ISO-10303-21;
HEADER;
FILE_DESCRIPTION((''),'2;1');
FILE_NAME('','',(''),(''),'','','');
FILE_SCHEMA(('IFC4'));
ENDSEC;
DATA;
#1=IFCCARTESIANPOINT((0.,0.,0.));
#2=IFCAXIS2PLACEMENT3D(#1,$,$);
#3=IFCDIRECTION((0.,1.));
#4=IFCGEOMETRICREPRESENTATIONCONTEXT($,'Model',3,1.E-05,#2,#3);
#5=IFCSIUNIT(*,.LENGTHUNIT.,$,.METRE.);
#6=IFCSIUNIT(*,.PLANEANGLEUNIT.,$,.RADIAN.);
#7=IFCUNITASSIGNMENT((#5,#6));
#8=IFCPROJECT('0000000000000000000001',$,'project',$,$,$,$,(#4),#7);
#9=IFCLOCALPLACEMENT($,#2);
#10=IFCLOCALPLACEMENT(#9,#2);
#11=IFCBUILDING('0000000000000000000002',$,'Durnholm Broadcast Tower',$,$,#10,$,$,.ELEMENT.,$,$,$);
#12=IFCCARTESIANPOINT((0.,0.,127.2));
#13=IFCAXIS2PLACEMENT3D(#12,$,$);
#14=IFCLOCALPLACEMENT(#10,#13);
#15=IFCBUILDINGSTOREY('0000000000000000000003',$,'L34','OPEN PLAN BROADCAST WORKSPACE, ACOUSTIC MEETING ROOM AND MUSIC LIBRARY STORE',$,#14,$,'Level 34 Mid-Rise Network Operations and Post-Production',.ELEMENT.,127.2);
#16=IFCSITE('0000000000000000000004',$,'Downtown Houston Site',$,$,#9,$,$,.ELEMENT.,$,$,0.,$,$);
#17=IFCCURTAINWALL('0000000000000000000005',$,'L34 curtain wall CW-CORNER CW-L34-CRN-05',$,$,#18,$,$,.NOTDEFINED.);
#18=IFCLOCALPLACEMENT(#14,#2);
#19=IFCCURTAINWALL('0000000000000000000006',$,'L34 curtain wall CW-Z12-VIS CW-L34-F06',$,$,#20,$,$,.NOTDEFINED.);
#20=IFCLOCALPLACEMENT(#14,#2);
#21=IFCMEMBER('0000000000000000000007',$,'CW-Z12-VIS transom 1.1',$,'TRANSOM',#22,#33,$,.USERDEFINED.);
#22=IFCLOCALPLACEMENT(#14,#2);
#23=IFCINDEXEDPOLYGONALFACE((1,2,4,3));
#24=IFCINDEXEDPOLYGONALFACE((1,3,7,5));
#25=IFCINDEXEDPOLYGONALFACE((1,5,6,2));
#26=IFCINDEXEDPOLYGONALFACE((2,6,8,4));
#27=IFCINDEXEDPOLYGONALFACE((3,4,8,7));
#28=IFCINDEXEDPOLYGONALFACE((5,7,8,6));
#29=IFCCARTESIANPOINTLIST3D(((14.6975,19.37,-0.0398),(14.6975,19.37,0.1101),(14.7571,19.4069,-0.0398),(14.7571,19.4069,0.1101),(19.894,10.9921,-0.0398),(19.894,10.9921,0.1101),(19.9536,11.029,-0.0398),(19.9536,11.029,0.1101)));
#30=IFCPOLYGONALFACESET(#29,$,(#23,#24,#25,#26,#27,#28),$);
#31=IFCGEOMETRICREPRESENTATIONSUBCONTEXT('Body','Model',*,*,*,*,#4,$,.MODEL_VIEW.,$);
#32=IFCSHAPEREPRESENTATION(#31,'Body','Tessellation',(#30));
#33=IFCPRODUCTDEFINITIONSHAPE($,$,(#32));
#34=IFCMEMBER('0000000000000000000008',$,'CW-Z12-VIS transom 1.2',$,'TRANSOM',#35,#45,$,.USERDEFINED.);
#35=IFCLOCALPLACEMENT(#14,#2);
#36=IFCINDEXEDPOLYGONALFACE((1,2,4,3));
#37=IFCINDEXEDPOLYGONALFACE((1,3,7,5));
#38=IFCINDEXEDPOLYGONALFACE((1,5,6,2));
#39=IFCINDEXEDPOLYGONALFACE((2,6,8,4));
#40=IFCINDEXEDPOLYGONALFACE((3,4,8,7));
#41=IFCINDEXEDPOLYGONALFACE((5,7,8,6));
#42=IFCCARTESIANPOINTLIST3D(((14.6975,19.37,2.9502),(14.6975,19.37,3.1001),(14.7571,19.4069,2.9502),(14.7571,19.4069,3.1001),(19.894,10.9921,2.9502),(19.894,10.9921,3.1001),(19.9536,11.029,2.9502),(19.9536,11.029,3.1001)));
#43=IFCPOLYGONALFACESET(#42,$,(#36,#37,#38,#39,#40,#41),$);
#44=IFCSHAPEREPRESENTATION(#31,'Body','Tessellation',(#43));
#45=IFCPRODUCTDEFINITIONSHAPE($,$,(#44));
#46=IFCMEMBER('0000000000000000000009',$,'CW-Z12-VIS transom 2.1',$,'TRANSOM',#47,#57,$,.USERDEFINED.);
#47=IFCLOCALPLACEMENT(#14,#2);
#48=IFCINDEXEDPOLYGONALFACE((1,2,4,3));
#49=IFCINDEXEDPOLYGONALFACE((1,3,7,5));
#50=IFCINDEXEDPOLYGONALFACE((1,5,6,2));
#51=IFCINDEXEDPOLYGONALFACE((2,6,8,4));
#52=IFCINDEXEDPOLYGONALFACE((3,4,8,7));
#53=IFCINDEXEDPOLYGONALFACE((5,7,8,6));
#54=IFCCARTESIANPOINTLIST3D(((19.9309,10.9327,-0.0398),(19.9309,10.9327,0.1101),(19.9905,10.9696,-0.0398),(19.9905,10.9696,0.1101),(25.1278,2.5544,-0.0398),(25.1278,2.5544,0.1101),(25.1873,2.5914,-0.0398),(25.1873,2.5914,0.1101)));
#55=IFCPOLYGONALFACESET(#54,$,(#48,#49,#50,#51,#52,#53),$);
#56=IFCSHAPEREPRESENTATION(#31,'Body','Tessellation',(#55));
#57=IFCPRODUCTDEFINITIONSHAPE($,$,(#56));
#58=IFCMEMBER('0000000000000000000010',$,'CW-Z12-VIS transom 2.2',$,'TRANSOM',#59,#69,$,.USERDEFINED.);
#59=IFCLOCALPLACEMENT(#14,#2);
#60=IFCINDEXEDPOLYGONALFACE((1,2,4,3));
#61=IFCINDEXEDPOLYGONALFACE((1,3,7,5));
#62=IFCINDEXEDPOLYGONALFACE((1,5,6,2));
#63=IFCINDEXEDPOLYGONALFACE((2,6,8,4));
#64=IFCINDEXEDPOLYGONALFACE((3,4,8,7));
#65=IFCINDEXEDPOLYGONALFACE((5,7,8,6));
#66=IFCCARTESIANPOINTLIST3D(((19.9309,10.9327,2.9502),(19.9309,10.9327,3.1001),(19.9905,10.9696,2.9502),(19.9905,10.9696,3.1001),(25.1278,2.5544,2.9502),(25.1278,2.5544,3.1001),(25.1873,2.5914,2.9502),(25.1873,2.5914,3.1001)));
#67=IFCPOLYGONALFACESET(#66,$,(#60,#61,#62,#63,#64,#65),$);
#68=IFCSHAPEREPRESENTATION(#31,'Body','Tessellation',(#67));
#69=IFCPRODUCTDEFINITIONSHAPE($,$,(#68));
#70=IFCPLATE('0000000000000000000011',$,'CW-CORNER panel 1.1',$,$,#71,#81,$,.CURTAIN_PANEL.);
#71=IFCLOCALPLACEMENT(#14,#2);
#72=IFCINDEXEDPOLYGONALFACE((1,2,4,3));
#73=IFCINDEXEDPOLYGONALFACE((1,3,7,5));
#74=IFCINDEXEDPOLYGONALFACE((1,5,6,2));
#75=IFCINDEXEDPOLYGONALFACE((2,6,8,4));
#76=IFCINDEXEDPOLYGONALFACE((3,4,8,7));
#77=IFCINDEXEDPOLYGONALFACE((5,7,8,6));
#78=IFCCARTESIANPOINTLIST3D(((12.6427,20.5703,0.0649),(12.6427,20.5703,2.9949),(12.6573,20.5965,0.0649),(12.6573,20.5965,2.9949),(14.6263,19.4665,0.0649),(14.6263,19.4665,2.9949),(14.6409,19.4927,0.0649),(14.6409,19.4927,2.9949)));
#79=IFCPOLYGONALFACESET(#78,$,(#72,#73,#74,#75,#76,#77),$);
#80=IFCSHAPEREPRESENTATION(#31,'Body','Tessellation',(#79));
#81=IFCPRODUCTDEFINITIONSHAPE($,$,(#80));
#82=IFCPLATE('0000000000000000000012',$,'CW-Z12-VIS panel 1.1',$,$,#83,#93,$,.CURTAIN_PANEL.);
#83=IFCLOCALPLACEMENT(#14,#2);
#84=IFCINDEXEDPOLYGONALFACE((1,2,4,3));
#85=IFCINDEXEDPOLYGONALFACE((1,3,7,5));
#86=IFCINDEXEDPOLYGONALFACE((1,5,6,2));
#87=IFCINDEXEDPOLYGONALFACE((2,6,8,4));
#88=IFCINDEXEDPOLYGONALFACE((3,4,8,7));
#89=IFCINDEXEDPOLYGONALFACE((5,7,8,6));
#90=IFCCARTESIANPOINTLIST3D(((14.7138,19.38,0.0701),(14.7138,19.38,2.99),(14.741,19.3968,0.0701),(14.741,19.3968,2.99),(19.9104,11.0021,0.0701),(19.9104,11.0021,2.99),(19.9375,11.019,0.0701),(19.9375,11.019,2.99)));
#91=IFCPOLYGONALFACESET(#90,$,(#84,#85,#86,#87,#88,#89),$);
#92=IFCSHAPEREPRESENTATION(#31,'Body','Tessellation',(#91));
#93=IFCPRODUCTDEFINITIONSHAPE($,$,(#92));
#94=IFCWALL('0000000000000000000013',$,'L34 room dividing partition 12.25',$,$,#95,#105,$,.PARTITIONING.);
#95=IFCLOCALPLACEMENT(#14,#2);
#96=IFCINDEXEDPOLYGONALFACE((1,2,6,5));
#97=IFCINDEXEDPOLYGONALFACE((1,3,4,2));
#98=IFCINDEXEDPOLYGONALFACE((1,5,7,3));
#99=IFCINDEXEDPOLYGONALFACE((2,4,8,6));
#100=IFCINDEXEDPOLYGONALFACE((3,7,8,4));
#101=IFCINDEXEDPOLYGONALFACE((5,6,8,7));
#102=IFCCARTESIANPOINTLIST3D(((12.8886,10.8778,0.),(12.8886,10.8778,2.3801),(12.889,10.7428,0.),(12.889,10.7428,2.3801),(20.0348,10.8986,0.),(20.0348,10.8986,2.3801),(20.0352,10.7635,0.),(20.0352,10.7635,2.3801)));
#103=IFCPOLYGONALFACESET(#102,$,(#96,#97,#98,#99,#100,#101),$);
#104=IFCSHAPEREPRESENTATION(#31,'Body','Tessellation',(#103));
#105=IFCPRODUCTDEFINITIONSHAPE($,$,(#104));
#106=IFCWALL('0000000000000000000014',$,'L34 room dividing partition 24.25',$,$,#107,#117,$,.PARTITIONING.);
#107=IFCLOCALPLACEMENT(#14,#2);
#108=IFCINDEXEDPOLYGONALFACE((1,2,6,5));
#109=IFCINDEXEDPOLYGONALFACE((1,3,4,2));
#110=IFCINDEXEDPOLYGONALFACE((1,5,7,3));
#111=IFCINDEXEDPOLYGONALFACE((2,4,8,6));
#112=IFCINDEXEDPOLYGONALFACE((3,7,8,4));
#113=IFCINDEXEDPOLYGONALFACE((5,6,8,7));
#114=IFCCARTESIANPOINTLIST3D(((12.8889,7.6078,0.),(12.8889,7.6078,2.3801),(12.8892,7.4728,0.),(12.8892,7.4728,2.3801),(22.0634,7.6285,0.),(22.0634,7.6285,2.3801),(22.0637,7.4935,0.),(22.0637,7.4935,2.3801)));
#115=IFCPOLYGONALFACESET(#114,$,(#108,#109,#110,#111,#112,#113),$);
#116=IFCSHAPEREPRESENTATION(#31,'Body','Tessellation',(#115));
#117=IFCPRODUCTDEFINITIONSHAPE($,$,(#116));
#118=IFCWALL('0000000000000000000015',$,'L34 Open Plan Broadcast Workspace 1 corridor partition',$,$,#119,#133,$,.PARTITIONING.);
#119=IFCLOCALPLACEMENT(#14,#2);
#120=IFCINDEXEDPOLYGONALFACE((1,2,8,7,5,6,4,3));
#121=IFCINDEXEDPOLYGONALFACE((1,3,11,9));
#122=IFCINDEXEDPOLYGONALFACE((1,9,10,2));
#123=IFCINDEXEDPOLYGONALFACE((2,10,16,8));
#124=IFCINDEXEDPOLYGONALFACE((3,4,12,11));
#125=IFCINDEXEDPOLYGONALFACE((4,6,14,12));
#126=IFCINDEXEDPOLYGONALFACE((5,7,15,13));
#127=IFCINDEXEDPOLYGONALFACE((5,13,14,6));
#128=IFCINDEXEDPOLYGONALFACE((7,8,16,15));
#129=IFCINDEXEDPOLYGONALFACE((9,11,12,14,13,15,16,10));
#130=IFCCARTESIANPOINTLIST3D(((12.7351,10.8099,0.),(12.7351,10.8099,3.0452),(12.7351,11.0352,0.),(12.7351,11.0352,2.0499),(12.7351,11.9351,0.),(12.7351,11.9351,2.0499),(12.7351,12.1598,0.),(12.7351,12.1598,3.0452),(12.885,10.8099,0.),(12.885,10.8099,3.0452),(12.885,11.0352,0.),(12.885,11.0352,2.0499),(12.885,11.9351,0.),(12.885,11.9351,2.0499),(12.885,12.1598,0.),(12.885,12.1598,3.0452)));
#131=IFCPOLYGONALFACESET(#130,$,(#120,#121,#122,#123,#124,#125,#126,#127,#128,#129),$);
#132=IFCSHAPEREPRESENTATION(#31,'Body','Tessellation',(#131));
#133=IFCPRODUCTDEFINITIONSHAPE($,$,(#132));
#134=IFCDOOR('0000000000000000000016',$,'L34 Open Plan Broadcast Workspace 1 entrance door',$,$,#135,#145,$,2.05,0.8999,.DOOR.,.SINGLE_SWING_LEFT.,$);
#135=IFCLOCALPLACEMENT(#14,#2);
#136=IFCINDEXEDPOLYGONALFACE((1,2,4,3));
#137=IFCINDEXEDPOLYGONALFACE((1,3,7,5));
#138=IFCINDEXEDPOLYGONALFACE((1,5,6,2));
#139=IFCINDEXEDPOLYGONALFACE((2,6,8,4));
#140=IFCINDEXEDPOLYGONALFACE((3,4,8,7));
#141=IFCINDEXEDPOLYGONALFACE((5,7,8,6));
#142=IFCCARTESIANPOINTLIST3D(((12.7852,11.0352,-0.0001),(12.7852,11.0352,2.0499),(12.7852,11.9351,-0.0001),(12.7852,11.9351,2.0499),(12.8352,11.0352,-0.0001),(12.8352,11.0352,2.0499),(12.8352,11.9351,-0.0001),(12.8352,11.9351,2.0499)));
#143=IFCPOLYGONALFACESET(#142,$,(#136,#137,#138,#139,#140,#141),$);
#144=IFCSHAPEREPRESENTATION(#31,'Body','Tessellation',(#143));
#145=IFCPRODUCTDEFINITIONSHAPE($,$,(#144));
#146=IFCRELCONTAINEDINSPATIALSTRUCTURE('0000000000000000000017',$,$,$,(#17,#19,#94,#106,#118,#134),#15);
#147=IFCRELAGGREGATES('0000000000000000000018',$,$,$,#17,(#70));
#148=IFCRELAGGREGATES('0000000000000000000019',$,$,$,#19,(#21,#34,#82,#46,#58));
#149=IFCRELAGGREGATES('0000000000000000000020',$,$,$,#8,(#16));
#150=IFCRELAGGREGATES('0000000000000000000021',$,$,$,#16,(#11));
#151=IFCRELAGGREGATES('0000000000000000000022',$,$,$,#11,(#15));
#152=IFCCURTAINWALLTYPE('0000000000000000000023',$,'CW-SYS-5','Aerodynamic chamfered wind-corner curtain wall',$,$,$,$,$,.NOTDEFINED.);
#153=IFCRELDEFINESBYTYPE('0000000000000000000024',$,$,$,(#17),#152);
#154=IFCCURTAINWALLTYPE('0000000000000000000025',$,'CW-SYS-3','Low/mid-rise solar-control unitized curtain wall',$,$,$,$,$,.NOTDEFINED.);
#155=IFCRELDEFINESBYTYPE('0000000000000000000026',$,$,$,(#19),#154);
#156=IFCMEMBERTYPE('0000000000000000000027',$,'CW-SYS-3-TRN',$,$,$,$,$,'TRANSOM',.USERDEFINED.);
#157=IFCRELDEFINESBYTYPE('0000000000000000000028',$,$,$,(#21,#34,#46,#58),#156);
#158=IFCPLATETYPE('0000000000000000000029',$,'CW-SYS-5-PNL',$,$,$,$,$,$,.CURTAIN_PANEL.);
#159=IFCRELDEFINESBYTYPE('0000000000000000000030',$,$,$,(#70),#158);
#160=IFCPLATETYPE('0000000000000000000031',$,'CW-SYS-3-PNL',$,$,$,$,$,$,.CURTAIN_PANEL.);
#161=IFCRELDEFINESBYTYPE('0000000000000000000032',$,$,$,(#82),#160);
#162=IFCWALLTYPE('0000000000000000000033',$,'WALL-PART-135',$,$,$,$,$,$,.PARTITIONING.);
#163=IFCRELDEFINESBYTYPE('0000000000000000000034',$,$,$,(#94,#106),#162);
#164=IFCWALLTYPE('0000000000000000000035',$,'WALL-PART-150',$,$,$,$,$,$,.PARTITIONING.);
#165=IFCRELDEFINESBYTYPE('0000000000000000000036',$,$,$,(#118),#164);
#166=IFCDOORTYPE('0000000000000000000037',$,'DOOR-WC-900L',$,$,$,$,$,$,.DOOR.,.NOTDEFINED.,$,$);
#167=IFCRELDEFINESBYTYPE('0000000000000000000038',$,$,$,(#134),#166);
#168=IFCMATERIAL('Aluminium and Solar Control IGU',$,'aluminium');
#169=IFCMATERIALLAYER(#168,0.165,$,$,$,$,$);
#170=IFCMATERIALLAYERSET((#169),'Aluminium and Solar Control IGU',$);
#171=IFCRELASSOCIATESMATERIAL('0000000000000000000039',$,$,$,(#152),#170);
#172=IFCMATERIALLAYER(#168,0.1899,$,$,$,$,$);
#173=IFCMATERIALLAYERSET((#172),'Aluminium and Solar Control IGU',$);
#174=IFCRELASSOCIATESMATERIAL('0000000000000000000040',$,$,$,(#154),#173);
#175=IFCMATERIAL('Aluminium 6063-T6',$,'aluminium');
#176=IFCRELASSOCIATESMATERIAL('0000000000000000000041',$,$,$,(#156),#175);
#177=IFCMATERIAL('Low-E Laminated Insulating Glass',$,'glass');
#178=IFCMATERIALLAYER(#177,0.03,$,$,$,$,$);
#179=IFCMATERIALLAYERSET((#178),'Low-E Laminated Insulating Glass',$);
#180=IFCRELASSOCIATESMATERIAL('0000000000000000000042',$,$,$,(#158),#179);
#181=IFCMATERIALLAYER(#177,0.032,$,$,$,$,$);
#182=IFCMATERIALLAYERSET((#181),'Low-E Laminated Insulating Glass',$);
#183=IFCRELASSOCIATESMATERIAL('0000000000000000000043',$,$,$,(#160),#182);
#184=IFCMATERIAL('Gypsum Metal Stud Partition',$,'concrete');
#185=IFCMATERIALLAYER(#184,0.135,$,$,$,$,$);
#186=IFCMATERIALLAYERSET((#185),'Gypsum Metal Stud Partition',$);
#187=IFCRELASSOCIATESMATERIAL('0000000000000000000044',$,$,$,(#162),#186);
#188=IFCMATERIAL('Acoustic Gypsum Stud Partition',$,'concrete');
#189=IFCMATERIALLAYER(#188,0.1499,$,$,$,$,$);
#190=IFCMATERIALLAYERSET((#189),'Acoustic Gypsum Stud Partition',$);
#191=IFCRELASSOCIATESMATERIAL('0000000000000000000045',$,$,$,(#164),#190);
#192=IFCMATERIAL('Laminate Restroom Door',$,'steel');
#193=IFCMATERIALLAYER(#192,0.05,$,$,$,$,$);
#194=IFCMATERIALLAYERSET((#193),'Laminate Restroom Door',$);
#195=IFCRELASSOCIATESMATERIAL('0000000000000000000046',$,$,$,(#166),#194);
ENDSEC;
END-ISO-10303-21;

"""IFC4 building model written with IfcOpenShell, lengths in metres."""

from ifc_helpers import new_model, si_unit, direction, frame, frame_2d, origin, origin_2d, place, context, subcontext, project, spatial, rectangle, extrude, source, transform, mapped, material, layer, layer_set, material_profile, profile_set, type_object, type_shapes, element, fill, aggregate, save


model = new_model("IFC4")

# Units and contexts
model_context = context("Model", 3, precision=1e-05, world=origin(), true_north=direction((0.0, 1.0)))
body_context = subcontext(model_context, "Body", "Model", "MODEL_VIEW")
ifc_project = project(units=[si_unit("LENGTHUNIT", "METRE"), si_unit("PLANEANGLEUNIT", "RADIAN")], contexts=[model_context])

# Site, building, storey
site_placement = place(None, origin())
site = spatial("IfcSite", under=ifc_project, at=site_placement, Name="Downtown Houston Site", CompositionType="ELEMENT", RefElevation=0.0)
building_placement = place(site_placement, origin())
building = spatial("IfcBuilding", under=site, at=building_placement, Name="Durnholm Broadcast Tower", CompositionType="ELEMENT")
storey_placement = place(building_placement, frame((0.0, 0.0, 127.2)))
storey = spatial("IfcBuildingStorey", under=building, at=storey_placement, Name="L34", Description="OPEN PLAN BROADCAST WORKSPACE, ACOUSTIC MEETING ROOM AND MUSIC LIBRARY STORE", LongName="Level 34 Mid-Rise Network Operations and Post-Production", CompositionType="ELEMENT", Elevation=127.2)

# Curtain wall
ifc_material_1 = material(Name="Aluminium and Solar Control IGU", Category="aluminium")
ifc_layer_1 = layer(ifc_material_1, 0.165)
ifc_layer_set_1 = layer_set([ifc_layer_1], Name="Aluminium and Solar Control IGU")
curtain_wall_type_1 = type_object("IfcCurtainWallType", Name="CW-SYS-5", Description="Aerodynamic chamfered wind-corner curtain wall", PredefinedType="NOTDEFINED", material=ifc_layer_set_1)
curtain_wall_1_placement = place(storey_placement, origin())
curtain_wall_1 = element("IfcCurtainWall", 1, at=curtain_wall_1_placement, inside=storey, type_object=curtain_wall_type_1, Name="L34 curtain wall CW-CORNER CW-L34-CRN-05", PredefinedType="NOTDEFINED")
ifc_material_2 = material(Name="Aluminium 6063-T6", Category="aluminium")

# Curtain wall, members
ifc_layer_2 = layer(ifc_material_1, 0.1899)
ifc_layer_set_2 = layer_set([ifc_layer_2], Name="Aluminium and Solar Control IGU")
curtain_wall_type_2 = type_object("IfcCurtainWallType", Name="CW-SYS-3", Description="Low/mid-rise solar-control unitized curtain wall", PredefinedType="NOTDEFINED", material=ifc_layer_set_2)
curtain_wall_2_placement = place(storey_placement, origin())
curtain_wall_2 = element("IfcCurtainWall", 2, at=curtain_wall_2_placement, inside=storey, type_object=curtain_wall_type_2, Name="L34 curtain wall CW-Z12-VIS CW-L34-F06", PredefinedType="NOTDEFINED")
ifc_material_profile_1 = material_profile(ifc_material_2, rectangle(XDim=0.0701, YDim=0.1499, at=origin_2d()), Name="CWT70X150")
ifc_profile_set_1 = profile_set([ifc_material_profile_1], Name="Aluminium 6063-T6")
member_type_1 = type_object("IfcMemberType", Name="CW-SYS-3-TRN", ElementType="TRANSOM", PredefinedType="USERDEFINED", material=ifc_profile_set_1)
shared_shape_1 = source(origin(), body_context, "Body", "SweptSolid", [
    extrude(rectangle(XDim=0.0701, YDim=0.1499, at=origin_2d()), origin(), (0.0, 0.0, 1.0), 9.8586),
])
member_1_placement = place(storey_placement, frame((14.7273, 19.3884, 0.0352), z_axis=(0.527102, -0.849802, 0.0), x_axis=(0.849802, 0.527102, 0.0)))
member_1 = element("IfcMember", 3, at=member_1_placement, type_object=member_type_1, Name="CW-Z12-VIS transom 1.1", ObjectType="TRANSOM", PredefinedType="USERDEFINED", context=body_context, shape_type="MappedRepresentation", body=[
    mapped(shared_shape_1, transform((0.0, 0.0, 0.0), x_axis=(1.0, 0.0, 0.0), y_axis=(0.0, 1.0, 0.0), z_axis=(0.0, 0.0, 1.0), scale=1.0)),
])
member_2_placement = place(storey_placement, frame((14.7273, 19.3884, 3.0251), z_axis=(0.527102, -0.849802, 0.0), x_axis=(0.849802, 0.527102, 0.0)))
member_2 = element("IfcMember", 4, at=member_2_placement, type_object=member_type_1, Name="CW-Z12-VIS transom 1.2", ObjectType="TRANSOM", PredefinedType="USERDEFINED", context=body_context, shape_type="MappedRepresentation", body=[
    mapped(shared_shape_1, transform((0.0, 0.0, 0.0), x_axis=(1.0, 0.0, 0.0), y_axis=(0.0, 1.0, 0.0), z_axis=(0.0, 0.0, 1.0), scale=1.0)),
])
shared_shape_2 = source(origin(), body_context, "Body", "SweptSolid", [
    extrude(rectangle(XDim=0.0701, YDim=0.1499, at=origin_2d()), origin(), (0.0, 0.0, 1.0), 9.8591),
])
type_shapes(member_type_1, [shared_shape_1, shared_shape_2])
member_3_placement = place(storey_placement, frame((19.9607, 10.9512, 0.0352), z_axis=(0.527109, -0.849798, 0.0), x_axis=(0.849798, 0.527109, 0.0)))
member_3 = element("IfcMember", 5, at=member_3_placement, type_object=member_type_1, Name="CW-Z12-VIS transom 2.1", ObjectType="TRANSOM", PredefinedType="USERDEFINED", context=body_context, shape_type="MappedRepresentation", body=[
    mapped(shared_shape_2, transform((0.0, 0.0, 0.0), x_axis=(1.0, 0.0, 0.0), y_axis=(0.0, 1.0, 0.0), z_axis=(0.0, 0.0, 1.0), scale=1.0)),
])
member_4_placement = place(storey_placement, frame((19.9607, 10.9512, 3.0251), z_axis=(0.527109, -0.849798, 0.0), x_axis=(0.849798, 0.527109, 0.0)))
member_4 = element("IfcMember", 6, at=member_4_placement, type_object=member_type_1, Name="CW-Z12-VIS transom 2.2", ObjectType="TRANSOM", PredefinedType="USERDEFINED", context=body_context, shape_type="MappedRepresentation", body=[
    mapped(shared_shape_2, transform((0.0, 0.0, 0.0), x_axis=(1.0, 0.0, 0.0), y_axis=(0.0, 1.0, 0.0), z_axis=(0.0, 0.0, 1.0), scale=1.0)),
])

# Plates
ifc_material_3 = material(Name="Low-E Laminated Insulating Glass", Category="glass")
ifc_layer_3 = layer(ifc_material_3, 0.03)
ifc_layer_set_3 = layer_set([ifc_layer_3], Name="Low-E Laminated Insulating Glass")
plate_type_1 = type_object("IfcPlateType", Name="CW-SYS-5-PNL", PredefinedType="CURTAIN_PANEL", material=ifc_layer_set_3)
shared_shape_3 = source(origin(), body_context, "Body", "SweptSolid", [
    extrude(rectangle(XDim=2.27, YDim=0.03, at=origin_2d()), origin(), (0.0, 0.0, 1.0), 2.9299),
])
type_shapes(plate_type_1, [shared_shape_3])
plate_1_placement = place(storey_placement, frame((13.6418, 20.0315, 0.0649), z_axis=(0.0, 0.0, 1.0), x_axis=(0.873823, -0.486244, 0.0)))
plate_1 = element("IfcPlate", 7, at=plate_1_placement, type_object=plate_type_1, Name="CW-CORNER panel 1.1", PredefinedType="CURTAIN_PANEL", context=body_context, shape_type="MappedRepresentation", body=[
    mapped(shared_shape_3, transform((0.0, 0.0, 0.0), x_axis=(1.0, 0.0, 0.0), y_axis=(0.0, 1.0, 0.0), z_axis=(0.0, 0.0, 1.0), scale=1.0)),
])
aggregate(curtain_wall_1, [plate_1])
ifc_layer_4 = layer(ifc_material_3, 0.032)
ifc_layer_set_4 = layer_set([ifc_layer_4], Name="Low-E Laminated Insulating Glass")
plate_type_2 = type_object("IfcPlateType", Name="CW-SYS-3-PNL", PredefinedType="CURTAIN_PANEL", material=ifc_layer_set_4)
shared_shape_4 = source(origin(), body_context, "Body", "SweptSolid", [
    extrude(rectangle(XDim=9.8586, YDim=0.032, at=origin_2d()), origin(), (0.0, 0.0, 1.0), 2.9199),
])
type_shapes(plate_type_2, [shared_shape_4])
plate_2_placement = place(storey_placement, frame((17.3257, 15.1995, 0.0701), z_axis=(0.0, 0.0, 1.0), x_axis=(0.527105, -0.8498, 0.0)))
plate_2 = element("IfcPlate", 8, at=plate_2_placement, type_object=plate_type_2, Name="CW-Z12-VIS panel 1.1", PredefinedType="CURTAIN_PANEL", context=body_context, shape_type="MappedRepresentation", body=[
    mapped(shared_shape_4, transform((0.0, 0.0, 0.0), x_axis=(1.0, 0.0, 0.0), y_axis=(0.0, 1.0, 0.0), z_axis=(0.0, 0.0, 1.0), scale=1.0)),
])
aggregate(curtain_wall_2, [member_1, member_2, plate_2, member_3, member_4])

# Walls
ifc_material_4 = material(Name="Gypsum Metal Stud Partition", Category="concrete")
ifc_layer_5 = layer(ifc_material_4, 0.135)
ifc_layer_set_5 = layer_set([ifc_layer_5], Name="Gypsum Metal Stud Partition")
wall_type_1 = type_object("IfcWallType", Name="WALL-PART-135", PredefinedType="PARTITIONING", material=ifc_layer_set_5)
wall_1_placement = place(storey_placement, frame((20.0352, 10.8311, 0.0), z_axis=(0.0, 0.0, 1.0), x_axis=(-0.999996, -0.002904, 0.0)))
element("IfcWall", 9, at=wall_1_placement, inside=storey, type_object=wall_type_1, Name="L34 room dividing partition 12.25", PredefinedType="PARTITIONING", context=body_context, shape_type="SweptSolid", body=[
    extrude(rectangle(XDim=7.1462, YDim=0.135, at=frame_2d((3.5732, 0.0))), origin(), (0.0, 0.0, 1.0), 2.3801),
])
wall_2_placement = place(storey_placement, frame((12.8889, 7.5403, 0.0), z_axis=(0.0, 0.0, 1.0), x_axis=(0.999997, 0.002262, 0.0)))
element("IfcWall", 10, at=wall_2_placement, inside=storey, type_object=wall_type_1, Name="L34 room dividing partition 24.25", PredefinedType="PARTITIONING", context=body_context, shape_type="SweptSolid", body=[
    extrude(rectangle(XDim=9.1746, YDim=0.135, at=frame_2d((4.5874, 0.0))), origin(), (0.0, 0.0, 1.0), 2.3801),
])

# Wall, opening, door
ifc_material_5 = material(Name="Acoustic Gypsum Stud Partition", Category="concrete")
ifc_layer_6 = layer(ifc_material_5, 0.1499)
ifc_layer_set_6 = layer_set([ifc_layer_6], Name="Acoustic Gypsum Stud Partition")
wall_type_2 = type_object("IfcWallType", Name="WALL-PART-150", PredefinedType="PARTITIONING", material=ifc_layer_set_6)
wall_3_placement = place(storey_placement, frame((12.8101, 10.8101, 0.0), z_axis=(0.0, 0.0, 1.0), x_axis=(0.0, 1.0, 0.0)))
wall_3 = element("IfcWall", 11, at=wall_3_placement, inside=storey, type_object=wall_type_2, Name="L34 Open Plan Broadcast Workspace 1 corridor partition", PredefinedType="PARTITIONING", context=body_context, shape_type="SweptSolid", body=[
    extrude(rectangle(XDim=1.3499, YDim=0.1499, at=frame_2d((0.6748, 0.0))), origin(), (0.0, 0.0, 1.0), 3.0452),
])
opening_placement = place(wall_3_placement, frame((0.2251, 0.0, 0.0)))
opening = element("IfcOpeningElement", 12, at=opening_placement, cuts=wall_3, PredefinedType="OPENING", context=body_context, shape_type="SweptSolid", body=[
    extrude(rectangle(XDim=0.8999, YDim=2.05, at=frame_2d((0.45, 1.0249))), frame((0.0, 0.085, 0.0), z_axis=(0.0, -1.0, 0.0), x_axis=(1.0, 0.0, 0.0)), (0.0, 0.0, 1.0), 0.1699),
])
ifc_material_6 = material(Name="Laminate Restroom Door", Category="steel")
ifc_layer_7 = layer(ifc_material_6, 0.05)
ifc_layer_set_7 = layer_set([ifc_layer_7], Name="Laminate Restroom Door")
door_type = type_object("IfcDoorType", Name="DOOR-WC-900L", OperationType="NOTDEFINED", PredefinedType="DOOR", material=ifc_layer_set_7)
shared_shape_5 = source(origin(), body_context, "Body", "SweptSolid", [
    extrude(rectangle(XDim=0.8999, YDim=2.05, at=frame_2d((0.45, 1.0249))), frame((0.0, 0.0249, 0.0), z_axis=(0.0, -1.0, 0.0), x_axis=(1.0, 0.0, 0.0)), (0.0, 0.0, 1.0), 0.05),
])
type_shapes(door_type, [shared_shape_5])
door_placement = place(opening_placement, origin())
door = element("IfcDoor", 13, at=door_placement, inside=storey, type_object=door_type, Name="L34 Open Plan Broadcast Workspace 1 entrance door", OperationType="SINGLE_SWING_LEFT", OverallHeight=2.05, OverallWidth=0.8999, PredefinedType="DOOR", context=body_context, shape_type="MappedRepresentation", body=[
    mapped(shared_shape_5, transform((0.0, 0.0, 0.0), x_axis=(1.0, 0.0, 0.0), y_axis=(0.0, 1.0, 0.0), z_axis=(0.0, 0.0, 1.0), scale=1.0)),
])
fill(opening, door)

save(model, "model.ifc")
